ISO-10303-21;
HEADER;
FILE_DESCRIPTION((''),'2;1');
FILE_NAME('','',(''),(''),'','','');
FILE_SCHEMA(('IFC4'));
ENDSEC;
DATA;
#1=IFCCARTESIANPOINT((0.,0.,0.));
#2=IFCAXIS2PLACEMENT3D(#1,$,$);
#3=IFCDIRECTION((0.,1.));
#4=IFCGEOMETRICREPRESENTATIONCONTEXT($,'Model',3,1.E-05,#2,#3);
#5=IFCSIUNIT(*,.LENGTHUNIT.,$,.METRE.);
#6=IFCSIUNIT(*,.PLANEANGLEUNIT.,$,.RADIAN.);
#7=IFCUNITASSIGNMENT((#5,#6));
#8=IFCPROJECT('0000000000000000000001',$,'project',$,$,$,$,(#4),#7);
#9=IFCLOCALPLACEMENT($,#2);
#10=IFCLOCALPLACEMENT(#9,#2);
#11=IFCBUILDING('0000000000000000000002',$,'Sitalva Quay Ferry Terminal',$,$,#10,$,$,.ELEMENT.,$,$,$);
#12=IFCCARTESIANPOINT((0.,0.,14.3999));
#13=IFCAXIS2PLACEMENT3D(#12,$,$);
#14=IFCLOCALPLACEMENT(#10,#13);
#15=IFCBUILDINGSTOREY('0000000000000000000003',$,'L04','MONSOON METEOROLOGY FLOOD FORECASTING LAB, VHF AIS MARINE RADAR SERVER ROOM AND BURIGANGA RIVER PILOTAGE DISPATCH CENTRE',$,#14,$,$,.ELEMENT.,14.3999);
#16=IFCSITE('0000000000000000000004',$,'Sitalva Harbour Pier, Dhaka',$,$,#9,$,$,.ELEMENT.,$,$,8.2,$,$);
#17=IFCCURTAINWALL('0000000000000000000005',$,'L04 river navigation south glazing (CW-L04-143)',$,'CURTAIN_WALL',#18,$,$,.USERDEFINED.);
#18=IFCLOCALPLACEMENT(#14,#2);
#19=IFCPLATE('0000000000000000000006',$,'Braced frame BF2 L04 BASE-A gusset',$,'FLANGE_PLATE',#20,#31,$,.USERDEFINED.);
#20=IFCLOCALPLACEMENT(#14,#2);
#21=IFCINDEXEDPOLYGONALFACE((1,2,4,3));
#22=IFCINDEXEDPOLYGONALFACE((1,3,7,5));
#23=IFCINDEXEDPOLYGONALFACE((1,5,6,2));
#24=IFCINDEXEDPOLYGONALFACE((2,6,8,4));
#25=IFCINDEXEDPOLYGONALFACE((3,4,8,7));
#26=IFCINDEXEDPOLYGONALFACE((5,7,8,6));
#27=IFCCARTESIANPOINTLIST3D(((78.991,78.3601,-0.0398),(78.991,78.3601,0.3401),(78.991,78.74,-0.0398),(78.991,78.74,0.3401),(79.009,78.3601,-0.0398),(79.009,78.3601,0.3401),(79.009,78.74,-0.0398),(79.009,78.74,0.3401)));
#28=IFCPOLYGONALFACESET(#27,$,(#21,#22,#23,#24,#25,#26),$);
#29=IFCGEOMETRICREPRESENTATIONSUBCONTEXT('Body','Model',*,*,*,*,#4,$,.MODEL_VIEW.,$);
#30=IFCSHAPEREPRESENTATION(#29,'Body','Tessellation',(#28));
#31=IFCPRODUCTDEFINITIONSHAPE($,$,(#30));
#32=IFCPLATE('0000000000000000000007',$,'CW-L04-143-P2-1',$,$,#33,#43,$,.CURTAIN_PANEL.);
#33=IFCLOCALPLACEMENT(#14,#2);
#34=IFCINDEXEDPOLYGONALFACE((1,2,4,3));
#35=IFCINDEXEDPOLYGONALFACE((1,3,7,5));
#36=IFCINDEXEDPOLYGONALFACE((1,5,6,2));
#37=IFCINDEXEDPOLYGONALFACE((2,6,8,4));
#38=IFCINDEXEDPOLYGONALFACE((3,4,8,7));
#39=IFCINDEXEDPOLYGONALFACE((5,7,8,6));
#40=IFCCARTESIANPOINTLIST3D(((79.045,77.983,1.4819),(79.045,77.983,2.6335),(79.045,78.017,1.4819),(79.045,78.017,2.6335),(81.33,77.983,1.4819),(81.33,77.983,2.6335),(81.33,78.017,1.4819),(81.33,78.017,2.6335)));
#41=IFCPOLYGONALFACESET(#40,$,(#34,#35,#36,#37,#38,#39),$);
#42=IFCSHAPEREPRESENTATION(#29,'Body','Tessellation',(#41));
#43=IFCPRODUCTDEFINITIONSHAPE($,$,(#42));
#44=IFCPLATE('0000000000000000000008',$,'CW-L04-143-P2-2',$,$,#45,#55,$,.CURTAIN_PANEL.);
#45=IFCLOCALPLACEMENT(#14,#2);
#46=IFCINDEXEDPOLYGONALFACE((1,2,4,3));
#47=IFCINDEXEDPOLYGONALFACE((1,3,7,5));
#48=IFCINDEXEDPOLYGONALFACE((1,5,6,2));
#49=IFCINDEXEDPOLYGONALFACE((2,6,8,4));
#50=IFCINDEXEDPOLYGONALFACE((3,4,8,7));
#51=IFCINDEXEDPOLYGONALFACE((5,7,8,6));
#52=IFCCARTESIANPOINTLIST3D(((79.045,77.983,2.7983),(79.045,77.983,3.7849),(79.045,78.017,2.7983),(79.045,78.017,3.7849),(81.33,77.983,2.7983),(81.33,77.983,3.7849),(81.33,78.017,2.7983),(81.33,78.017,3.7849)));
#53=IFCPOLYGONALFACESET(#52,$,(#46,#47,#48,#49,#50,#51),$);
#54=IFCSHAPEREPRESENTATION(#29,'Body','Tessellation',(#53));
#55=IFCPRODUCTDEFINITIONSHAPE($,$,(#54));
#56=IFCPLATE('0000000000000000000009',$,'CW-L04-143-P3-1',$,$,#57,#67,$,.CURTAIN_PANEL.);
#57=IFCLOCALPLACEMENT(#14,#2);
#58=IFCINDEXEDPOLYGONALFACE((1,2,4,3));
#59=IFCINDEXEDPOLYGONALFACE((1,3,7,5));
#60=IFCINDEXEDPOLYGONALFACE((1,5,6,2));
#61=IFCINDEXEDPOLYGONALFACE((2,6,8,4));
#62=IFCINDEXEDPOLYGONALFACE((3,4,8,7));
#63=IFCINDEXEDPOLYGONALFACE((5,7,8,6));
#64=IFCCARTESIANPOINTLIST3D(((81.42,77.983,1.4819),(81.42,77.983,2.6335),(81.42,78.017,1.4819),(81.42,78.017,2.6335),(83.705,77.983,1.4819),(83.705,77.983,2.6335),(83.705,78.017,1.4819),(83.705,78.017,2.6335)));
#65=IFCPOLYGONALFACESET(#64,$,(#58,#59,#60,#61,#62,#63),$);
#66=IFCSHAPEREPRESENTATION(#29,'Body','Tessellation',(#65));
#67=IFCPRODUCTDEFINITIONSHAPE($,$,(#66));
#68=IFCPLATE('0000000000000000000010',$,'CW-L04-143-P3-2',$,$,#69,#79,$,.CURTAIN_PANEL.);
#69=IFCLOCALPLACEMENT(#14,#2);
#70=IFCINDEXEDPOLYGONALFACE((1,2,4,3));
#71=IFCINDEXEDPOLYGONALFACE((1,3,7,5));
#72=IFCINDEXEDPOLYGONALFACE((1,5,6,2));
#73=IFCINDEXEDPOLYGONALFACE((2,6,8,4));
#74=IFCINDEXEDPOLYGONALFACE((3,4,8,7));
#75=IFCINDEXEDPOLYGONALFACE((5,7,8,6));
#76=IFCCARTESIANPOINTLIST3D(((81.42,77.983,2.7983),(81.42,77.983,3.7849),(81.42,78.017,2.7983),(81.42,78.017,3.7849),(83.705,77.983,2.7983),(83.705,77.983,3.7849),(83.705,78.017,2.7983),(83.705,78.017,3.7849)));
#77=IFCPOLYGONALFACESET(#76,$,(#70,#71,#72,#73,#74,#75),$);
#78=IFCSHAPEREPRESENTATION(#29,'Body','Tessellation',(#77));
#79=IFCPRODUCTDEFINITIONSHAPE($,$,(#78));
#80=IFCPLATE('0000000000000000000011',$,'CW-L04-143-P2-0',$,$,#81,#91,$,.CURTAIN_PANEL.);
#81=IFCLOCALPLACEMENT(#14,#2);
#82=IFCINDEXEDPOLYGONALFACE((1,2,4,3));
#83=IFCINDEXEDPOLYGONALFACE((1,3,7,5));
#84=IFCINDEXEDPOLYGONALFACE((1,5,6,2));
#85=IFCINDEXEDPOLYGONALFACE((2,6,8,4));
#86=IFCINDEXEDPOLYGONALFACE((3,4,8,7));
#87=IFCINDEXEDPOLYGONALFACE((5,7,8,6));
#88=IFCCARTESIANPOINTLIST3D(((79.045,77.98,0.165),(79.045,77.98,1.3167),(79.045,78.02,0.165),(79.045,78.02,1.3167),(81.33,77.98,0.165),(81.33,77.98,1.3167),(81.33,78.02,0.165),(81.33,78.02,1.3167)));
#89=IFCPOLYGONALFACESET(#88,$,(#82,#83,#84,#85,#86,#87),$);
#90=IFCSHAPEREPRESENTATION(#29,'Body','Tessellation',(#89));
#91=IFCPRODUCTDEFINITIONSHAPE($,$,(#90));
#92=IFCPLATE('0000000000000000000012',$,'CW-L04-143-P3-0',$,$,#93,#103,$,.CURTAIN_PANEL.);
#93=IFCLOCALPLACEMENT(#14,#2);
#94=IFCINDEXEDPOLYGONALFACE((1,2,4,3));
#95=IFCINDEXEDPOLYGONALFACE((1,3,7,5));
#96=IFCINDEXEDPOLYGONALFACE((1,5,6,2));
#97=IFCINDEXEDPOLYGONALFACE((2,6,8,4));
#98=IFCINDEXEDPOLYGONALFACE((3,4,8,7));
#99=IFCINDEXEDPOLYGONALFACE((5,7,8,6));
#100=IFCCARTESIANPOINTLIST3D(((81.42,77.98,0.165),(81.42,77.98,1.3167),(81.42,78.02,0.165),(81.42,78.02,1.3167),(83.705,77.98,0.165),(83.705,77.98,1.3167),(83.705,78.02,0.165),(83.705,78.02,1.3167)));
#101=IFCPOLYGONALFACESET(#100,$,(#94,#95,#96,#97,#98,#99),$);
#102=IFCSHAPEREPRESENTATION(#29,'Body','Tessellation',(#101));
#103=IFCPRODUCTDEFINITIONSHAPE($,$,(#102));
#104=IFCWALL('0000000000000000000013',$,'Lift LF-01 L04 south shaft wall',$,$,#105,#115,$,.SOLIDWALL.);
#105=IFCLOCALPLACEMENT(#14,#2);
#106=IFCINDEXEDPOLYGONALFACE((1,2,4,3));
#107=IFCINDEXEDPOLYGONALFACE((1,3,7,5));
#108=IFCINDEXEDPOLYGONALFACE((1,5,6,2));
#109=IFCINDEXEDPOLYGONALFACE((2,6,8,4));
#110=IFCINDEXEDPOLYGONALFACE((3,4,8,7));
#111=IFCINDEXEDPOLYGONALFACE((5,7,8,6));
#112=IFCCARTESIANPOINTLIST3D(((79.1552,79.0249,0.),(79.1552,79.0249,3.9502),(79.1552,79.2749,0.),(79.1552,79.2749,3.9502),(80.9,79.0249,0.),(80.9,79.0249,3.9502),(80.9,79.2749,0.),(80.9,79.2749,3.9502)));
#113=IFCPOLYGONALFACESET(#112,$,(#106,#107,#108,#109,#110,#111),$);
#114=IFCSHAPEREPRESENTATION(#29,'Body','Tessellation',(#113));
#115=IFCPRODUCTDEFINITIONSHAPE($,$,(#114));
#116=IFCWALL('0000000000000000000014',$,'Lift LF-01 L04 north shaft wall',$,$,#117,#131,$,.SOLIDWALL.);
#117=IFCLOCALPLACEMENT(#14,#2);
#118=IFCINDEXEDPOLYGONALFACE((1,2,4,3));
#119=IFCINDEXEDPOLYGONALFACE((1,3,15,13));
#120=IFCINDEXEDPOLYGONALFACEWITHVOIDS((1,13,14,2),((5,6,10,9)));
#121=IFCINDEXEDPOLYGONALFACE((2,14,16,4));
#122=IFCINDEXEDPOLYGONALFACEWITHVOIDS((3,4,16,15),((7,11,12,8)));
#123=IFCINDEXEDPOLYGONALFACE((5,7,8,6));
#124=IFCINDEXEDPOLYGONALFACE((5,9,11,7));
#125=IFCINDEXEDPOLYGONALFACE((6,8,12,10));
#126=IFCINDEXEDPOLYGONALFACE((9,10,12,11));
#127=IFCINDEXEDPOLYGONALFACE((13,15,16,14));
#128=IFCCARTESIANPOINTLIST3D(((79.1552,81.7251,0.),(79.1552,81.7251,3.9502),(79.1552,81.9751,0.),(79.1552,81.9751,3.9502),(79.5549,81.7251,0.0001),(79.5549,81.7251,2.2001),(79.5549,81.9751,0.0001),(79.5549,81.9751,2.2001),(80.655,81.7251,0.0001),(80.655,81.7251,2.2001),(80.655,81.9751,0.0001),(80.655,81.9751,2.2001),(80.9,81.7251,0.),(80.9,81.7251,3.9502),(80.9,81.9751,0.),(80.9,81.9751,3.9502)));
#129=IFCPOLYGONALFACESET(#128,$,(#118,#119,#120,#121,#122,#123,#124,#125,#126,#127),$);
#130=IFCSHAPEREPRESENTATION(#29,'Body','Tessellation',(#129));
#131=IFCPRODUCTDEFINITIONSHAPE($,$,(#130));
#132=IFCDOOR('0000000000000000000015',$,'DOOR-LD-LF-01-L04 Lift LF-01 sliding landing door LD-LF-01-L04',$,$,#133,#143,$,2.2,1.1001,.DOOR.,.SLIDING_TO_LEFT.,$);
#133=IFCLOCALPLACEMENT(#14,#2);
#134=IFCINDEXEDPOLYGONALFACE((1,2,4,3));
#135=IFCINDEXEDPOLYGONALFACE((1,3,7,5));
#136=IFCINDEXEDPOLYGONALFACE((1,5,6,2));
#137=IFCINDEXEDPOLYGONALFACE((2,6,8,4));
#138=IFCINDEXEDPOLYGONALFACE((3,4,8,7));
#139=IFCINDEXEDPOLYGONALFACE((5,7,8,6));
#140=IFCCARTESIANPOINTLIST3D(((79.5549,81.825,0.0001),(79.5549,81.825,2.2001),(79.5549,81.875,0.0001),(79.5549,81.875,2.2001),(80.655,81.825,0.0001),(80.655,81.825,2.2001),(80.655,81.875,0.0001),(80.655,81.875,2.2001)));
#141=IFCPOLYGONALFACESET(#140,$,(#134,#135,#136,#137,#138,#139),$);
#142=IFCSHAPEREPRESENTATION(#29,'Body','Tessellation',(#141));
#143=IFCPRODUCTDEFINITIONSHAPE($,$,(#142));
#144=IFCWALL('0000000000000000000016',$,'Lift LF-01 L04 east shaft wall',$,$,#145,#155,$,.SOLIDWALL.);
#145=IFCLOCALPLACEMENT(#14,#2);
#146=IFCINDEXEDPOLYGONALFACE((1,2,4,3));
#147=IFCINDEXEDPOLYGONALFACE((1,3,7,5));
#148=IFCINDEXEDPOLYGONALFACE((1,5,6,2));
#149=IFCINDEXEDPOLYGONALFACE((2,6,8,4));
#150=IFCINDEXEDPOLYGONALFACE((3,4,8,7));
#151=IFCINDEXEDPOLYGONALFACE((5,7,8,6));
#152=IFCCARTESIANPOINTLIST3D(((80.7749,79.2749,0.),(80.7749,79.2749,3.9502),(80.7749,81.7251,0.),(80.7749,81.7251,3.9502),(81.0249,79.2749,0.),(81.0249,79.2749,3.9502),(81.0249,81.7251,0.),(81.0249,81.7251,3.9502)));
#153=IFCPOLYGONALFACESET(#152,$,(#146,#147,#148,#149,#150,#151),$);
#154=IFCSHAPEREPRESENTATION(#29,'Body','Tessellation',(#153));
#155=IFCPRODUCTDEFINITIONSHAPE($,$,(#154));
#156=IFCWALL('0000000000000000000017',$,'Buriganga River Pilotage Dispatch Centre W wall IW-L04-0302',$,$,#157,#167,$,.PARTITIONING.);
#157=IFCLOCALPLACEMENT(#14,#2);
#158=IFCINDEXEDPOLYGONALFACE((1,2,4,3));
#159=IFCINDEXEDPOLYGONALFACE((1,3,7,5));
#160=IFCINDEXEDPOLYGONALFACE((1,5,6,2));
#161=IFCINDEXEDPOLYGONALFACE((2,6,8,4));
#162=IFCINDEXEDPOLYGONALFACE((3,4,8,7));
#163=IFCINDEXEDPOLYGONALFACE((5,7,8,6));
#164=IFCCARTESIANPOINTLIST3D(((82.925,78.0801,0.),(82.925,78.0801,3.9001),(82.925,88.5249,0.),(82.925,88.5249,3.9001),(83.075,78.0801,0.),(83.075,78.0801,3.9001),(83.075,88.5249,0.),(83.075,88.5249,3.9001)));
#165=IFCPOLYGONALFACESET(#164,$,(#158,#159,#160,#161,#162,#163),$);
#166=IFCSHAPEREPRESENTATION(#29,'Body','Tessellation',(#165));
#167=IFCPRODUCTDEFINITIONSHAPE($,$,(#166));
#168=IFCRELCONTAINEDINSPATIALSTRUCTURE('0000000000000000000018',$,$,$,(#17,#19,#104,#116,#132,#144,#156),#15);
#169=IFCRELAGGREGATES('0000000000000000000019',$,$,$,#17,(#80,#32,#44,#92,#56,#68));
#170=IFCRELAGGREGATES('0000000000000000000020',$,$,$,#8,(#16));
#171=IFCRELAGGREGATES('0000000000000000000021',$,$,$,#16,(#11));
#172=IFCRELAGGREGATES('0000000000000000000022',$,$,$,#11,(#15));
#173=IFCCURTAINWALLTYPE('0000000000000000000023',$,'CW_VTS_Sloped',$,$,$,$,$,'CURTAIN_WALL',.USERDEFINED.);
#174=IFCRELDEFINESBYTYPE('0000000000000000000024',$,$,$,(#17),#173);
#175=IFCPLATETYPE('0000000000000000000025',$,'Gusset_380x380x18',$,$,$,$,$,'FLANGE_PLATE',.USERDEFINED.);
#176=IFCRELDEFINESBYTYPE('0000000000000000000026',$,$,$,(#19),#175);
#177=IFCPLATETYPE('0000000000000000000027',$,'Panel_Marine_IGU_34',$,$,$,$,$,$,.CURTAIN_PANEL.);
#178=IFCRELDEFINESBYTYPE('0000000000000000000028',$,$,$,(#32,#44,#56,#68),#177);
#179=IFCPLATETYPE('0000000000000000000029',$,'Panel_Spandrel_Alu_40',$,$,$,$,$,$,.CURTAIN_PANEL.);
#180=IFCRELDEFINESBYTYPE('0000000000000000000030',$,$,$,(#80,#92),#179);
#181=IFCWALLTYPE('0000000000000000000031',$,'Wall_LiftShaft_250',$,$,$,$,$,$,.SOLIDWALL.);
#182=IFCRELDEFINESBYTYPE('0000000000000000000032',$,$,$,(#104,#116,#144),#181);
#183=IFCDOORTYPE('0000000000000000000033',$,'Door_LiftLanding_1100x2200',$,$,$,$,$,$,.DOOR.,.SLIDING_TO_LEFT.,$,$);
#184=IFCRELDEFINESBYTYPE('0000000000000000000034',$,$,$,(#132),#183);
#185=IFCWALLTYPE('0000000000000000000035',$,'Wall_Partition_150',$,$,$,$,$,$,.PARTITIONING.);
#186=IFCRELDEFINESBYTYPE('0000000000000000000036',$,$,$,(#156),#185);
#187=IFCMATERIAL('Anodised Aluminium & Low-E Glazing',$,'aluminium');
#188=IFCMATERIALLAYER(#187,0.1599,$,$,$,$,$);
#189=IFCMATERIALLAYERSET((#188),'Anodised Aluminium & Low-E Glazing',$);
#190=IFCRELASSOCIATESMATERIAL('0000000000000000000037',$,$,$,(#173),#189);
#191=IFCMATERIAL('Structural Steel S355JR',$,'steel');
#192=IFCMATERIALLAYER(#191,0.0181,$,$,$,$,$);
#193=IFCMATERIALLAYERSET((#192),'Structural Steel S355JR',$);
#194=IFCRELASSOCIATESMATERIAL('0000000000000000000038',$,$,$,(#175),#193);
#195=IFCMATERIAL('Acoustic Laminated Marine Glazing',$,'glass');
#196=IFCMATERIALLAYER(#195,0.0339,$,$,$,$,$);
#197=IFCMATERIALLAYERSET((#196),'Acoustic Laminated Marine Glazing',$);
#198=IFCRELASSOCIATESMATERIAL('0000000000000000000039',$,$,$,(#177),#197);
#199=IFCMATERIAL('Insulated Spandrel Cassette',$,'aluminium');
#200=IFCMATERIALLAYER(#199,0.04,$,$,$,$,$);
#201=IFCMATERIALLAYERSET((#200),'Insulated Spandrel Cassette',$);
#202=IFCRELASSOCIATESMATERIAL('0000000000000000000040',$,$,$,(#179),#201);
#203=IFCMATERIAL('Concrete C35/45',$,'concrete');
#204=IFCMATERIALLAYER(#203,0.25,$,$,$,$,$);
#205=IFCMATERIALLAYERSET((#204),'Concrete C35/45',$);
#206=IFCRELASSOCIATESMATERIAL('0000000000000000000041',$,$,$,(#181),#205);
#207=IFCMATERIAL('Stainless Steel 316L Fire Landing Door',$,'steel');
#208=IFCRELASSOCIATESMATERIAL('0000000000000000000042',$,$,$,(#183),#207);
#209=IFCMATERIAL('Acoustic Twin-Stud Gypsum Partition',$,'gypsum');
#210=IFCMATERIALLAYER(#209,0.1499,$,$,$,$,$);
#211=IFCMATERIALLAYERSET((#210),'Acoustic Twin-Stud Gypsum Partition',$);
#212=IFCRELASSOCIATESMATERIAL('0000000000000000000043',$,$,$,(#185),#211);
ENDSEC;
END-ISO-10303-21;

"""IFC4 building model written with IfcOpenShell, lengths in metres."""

from ifc_helpers import new_model, si_unit, direction, frame, frame_2d, origin, origin_2d, place, context, subcontext, project, spatial, rectangle, extrude, material, layer, layer_set, type_object, element, fill, aggregate, save


model = new_model("IFC4")

# Units and contexts
model_context = context("Model", 3, precision=1e-05, world=origin(), true_north=direction((0.0, 1.0)))
body_context = subcontext(model_context, "Body", "Model", "MODEL_VIEW")
ifc_project = project(units=[si_unit("LENGTHUNIT", "METRE"), si_unit("PLANEANGLEUNIT", "RADIAN")], contexts=[model_context])

# Site, building, storey
site_placement = place(None, origin())
site = spatial("IfcSite", under=ifc_project, at=site_placement, Name="Sitalva Harbour Pier, Dhaka", CompositionType="ELEMENT", RefElevation=8.2)
building_placement = place(site_placement, origin())
building = spatial("IfcBuilding", under=site, at=building_placement, Name="Sitalva Quay Ferry Terminal", CompositionType="ELEMENT")
storey_placement = place(building_placement, frame((0.0, 0.0, 14.3999)))
storey = spatial("IfcBuildingStorey", under=building, at=storey_placement, Name="L04", Description="MONSOON METEOROLOGY FLOOD FORECASTING LAB, VHF AIS MARINE RADAR SERVER ROOM AND BURIGANGA RIVER PILOTAGE DISPATCH CENTRE", CompositionType="ELEMENT", Elevation=14.3999)

# Curtain wall
ifc_material_1 = material(Name="Anodised Aluminium & Low-E Glazing", Category="aluminium")
ifc_layer_1 = layer(ifc_material_1, 0.1599)
ifc_layer_set_1 = layer_set([ifc_layer_1], Name="Anodised Aluminium & Low-E Glazing")
curtain_wall_type = type_object("IfcCurtainWallType", Name="CW_VTS_Sloped", ElementType="CURTAIN_WALL", PredefinedType="USERDEFINED", material=ifc_layer_set_1)
curtain_wall_placement = place(storey_placement, origin())
curtain_wall = element("IfcCurtainWall", 1, at=curtain_wall_placement, inside=storey, type_object=curtain_wall_type, Name="L04 river navigation south glazing (CW-L04-143)", ObjectType="CURTAIN_WALL", PredefinedType="USERDEFINED")

# Plates
ifc_material_2 = material(Name="Structural Steel S355JR", Category="steel")
ifc_layer_2 = layer(ifc_material_2, 0.0181)
ifc_layer_set_2 = layer_set([ifc_layer_2], Name="Structural Steel S355JR")
plate_type_1 = type_object("IfcPlateType", Name="Gusset_380x380x18", ElementType="FLANGE_PLATE", PredefinedType="USERDEFINED", material=ifc_layer_set_2)
plate_1_placement = place(storey_placement, frame((79.0, 78.55, -0.0398), z_axis=(0.0, 0.0, 1.0), x_axis=(1.0, 0.0, 0.0)))
element("IfcPlate", 2, at=plate_1_placement, inside=storey, type_object=plate_type_1, Name="Braced frame BF2 L04 BASE-A gusset", ObjectType="FLANGE_PLATE", PredefinedType="USERDEFINED", context=body_context, shape_type="SweptSolid", body=[
    extrude(rectangle(XDim=0.0181, YDim=0.3799, at=origin_2d()), origin(), (0.0, 0.0, 1.0), 0.3799),
])
ifc_material_3 = material(Name="Acoustic Laminated Marine Glazing", Category="glass")
ifc_layer_3 = layer(ifc_material_3, 0.0339)
ifc_layer_set_3 = layer_set([ifc_layer_3], Name="Acoustic Laminated Marine Glazing")
plate_type_2 = type_object("IfcPlateType", Name="Panel_Marine_IGU_34", PredefinedType="CURTAIN_PANEL", material=ifc_layer_set_3)
plate_2_placement = place(storey_placement, frame((80.1875, 78.0, 1.4819), z_axis=(0.0, 0.0, 1.0), x_axis=(1.0, 0.0, 0.0)))
plate_2 = element("IfcPlate", 3, at=plate_2_placement, type_object=plate_type_2, Name="CW-L04-143-P2-1", PredefinedType="CURTAIN_PANEL", context=body_context, shape_type="SweptSolid", body=[
    extrude(rectangle(XDim=2.2849, YDim=0.0339, at=origin_2d()), origin(), (0.0, 0.0, 1.0), 1.1516),
])
plate_3_placement = place(storey_placement, frame((80.1875, 78.0, 2.7983), z_axis=(0.0, 0.0, 1.0), x_axis=(1.0, 0.0, 0.0)))
plate_3 = element("IfcPlate", 4, at=plate_3_placement, type_object=plate_type_2, Name="CW-L04-143-P2-2", PredefinedType="CURTAIN_PANEL", context=body_context, shape_type="SweptSolid", body=[
    extrude(rectangle(XDim=2.2849, YDim=0.0339, at=origin_2d()), origin(), (0.0, 0.0, 1.0), 0.9866),
])
plate_4_placement = place(storey_placement, frame((82.5625, 78.0, 1.4819), z_axis=(0.0, 0.0, 1.0), x_axis=(1.0, 0.0, 0.0)))
plate_4 = element("IfcPlate", 5, at=plate_4_placement, type_object=plate_type_2, Name="CW-L04-143-P3-1", PredefinedType="CURTAIN_PANEL", context=body_context, shape_type="SweptSolid", body=[
    extrude(rectangle(XDim=2.2849, YDim=0.0339, at=origin_2d()), origin(), (0.0, 0.0, 1.0), 1.1516),
])
plate_5_placement = place(storey_placement, frame((82.5625, 78.0, 2.7983), z_axis=(0.0, 0.0, 1.0), x_axis=(1.0, 0.0, 0.0)))
plate_5 = element("IfcPlate", 6, at=plate_5_placement, type_object=plate_type_2, Name="CW-L04-143-P3-2", PredefinedType="CURTAIN_PANEL", context=body_context, shape_type="SweptSolid", body=[
    extrude(rectangle(XDim=2.2849, YDim=0.0339, at=origin_2d()), origin(), (0.0, 0.0, 1.0), 0.9866),
])
ifc_material_4 = material(Name="Insulated Spandrel Cassette", Category="aluminium")
ifc_layer_4 = layer(ifc_material_4, 0.04)
ifc_layer_set_4 = layer_set([ifc_layer_4], Name="Insulated Spandrel Cassette")
plate_type_3 = type_object("IfcPlateType", Name="Panel_Spandrel_Alu_40", PredefinedType="CURTAIN_PANEL", material=ifc_layer_set_4)
plate_6_placement = place(storey_placement, frame((80.1875, 78.0, 0.165), z_axis=(0.0, 0.0, 1.0), x_axis=(1.0, 0.0, 0.0)))
plate_6 = element("IfcPlate", 7, at=plate_6_placement, type_object=plate_type_3, Name="CW-L04-143-P2-0", PredefinedType="CURTAIN_PANEL", context=body_context, shape_type="SweptSolid", body=[
    extrude(rectangle(XDim=2.2849, YDim=0.04, at=origin_2d()), origin(), (0.0, 0.0, 1.0), 1.1516),
])
plate_7_placement = place(storey_placement, frame((82.5625, 78.0, 0.165), z_axis=(0.0, 0.0, 1.0), x_axis=(1.0, 0.0, 0.0)))
plate_7 = element("IfcPlate", 8, at=plate_7_placement, type_object=plate_type_3, Name="CW-L04-143-P3-0", PredefinedType="CURTAIN_PANEL", context=body_context, shape_type="SweptSolid", body=[
    extrude(rectangle(XDim=2.2849, YDim=0.04, at=origin_2d()), origin(), (0.0, 0.0, 1.0), 1.1516),
])
aggregate(curtain_wall, [plate_6, plate_2, plate_3, plate_7, plate_4, plate_5])

# Wall
ifc_material_5 = material(Name="Concrete C35/45", Category="concrete")
ifc_layer_5 = layer(ifc_material_5, 0.25)
ifc_layer_set_5 = layer_set([ifc_layer_5], Name="Concrete C35/45")
wall_type_1 = type_object("IfcWallType", Name="Wall_LiftShaft_250", PredefinedType="SOLIDWALL", material=ifc_layer_set_5)
wall_1_placement = place(storey_placement, frame((79.155, 79.1499, 0.0), z_axis=(0.0, 0.0, 1.0), x_axis=(1.0, 0.0, 0.0)))
element("IfcWall", 9, at=wall_1_placement, inside=storey, type_object=wall_type_1, Name="Lift LF-01 L04 south shaft wall", PredefinedType="SOLIDWALL", context=body_context, shape_type="SweptSolid", body=[
    extrude(rectangle(XDim=1.7449, YDim=0.25, at=frame_2d((0.8726, 0.0))), origin(), (0.0, 0.0, 1.0), 3.9502),
])

# Wall, opening, door
wall_2_placement = place(storey_placement, frame((79.155, 81.8501, 0.0), z_axis=(0.0, 0.0, 1.0), x_axis=(1.0, 0.0, 0.0)))
wall_2 = element("IfcWall", 10, at=wall_2_placement, inside=storey, type_object=wall_type_1, Name="Lift LF-01 L04 north shaft wall", PredefinedType="SOLIDWALL", context=body_context, shape_type="SweptSolid", body=[
    extrude(rectangle(XDim=1.7449, YDim=0.25, at=frame_2d((0.8726, 0.0))), origin(), (0.0, 0.0, 1.0), 3.9502),
])
opening_placement = place(wall_2_placement, frame((0.3999, 0.0, 0.0)))
opening = element("IfcOpeningElement", 11, at=opening_placement, cuts=wall_2, PredefinedType="OPENING", context=body_context, shape_type="SweptSolid", body=[
    extrude(rectangle(XDim=1.1001, YDim=2.2, at=frame_2d((0.55, 1.1001))), frame((0.0, 0.135, 0.0), z_axis=(0.0, -1.0, 0.0), x_axis=(1.0, 0.0, 0.0)), (0.0, 0.0, 1.0), 0.27),
])
ifc_material_6 = material(Name="Stainless Steel 316L Fire Landing Door", Category="steel")
door_type = type_object("IfcDoorType", Name="Door_LiftLanding_1100x2200", OperationType="SLIDING_TO_LEFT", PredefinedType="DOOR", material=ifc_material_6)
door_placement = place(opening_placement, origin())
door = element("IfcDoor", 12, at=door_placement, inside=storey, type_object=door_type, Name="DOOR-LD-LF-01-L04 Lift LF-01 sliding landing door LD-LF-01-L04", OperationType="SLIDING_TO_LEFT", OverallHeight=2.2, OverallWidth=1.1001, PredefinedType="DOOR", context=body_context, shape_type="SweptSolid", body=[
    extrude(rectangle(XDim=1.1001, YDim=2.2, at=frame_2d((0.55, 1.1001))), frame((0.0, 0.0249, 0.0), z_axis=(0.0, -1.0, 0.0), x_axis=(1.0, 0.0, 0.0)), (0.0, 0.0, 1.0), 0.05),
])
fill(opening, door)

# Walls
wall_3_placement = place(storey_placement, frame((80.8999, 79.2749, 0.0), z_axis=(0.0, 0.0, 1.0), x_axis=(0.0, 1.0, 0.0)))
element("IfcWall", 13, at=wall_3_placement, inside=storey, type_object=wall_type_1, Name="Lift LF-01 L04 east shaft wall", PredefinedType="SOLIDWALL", context=body_context, shape_type="SweptSolid", body=[
    extrude(rectangle(XDim=2.4502, YDim=0.25, at=frame_2d((1.2251, 0.0))), origin(), (0.0, 0.0, 1.0), 3.9502),
])
ifc_material_7 = material(Name="Acoustic Twin-Stud Gypsum Partition", Category="gypsum")
ifc_layer_6 = layer(ifc_material_7, 0.1499)
ifc_layer_set_6 = layer_set([ifc_layer_6], Name="Acoustic Twin-Stud Gypsum Partition")
wall_type_2 = type_object("IfcWallType", Name="Wall_Partition_150", PredefinedType="PARTITIONING", material=ifc_layer_set_6)
wall_4_placement = place(storey_placement, frame((83.0, 78.0801, 0.0), z_axis=(0.0, 0.0, 1.0), x_axis=(0.0, 1.0, 0.0)))
element("IfcWall", 14, at=wall_4_placement, inside=storey, type_object=wall_type_2, Name="Buriganga River Pilotage Dispatch Centre W wall IW-L04-0302", PredefinedType="PARTITIONING", context=body_context, shape_type="SweptSolid", body=[
    extrude(rectangle(XDim=10.4448, YDim=0.1499, at=frame_2d((5.2224, 0.0))), origin(), (0.0, 0.0, 1.0), 3.9001),
])

save(model, "model.ifc")
